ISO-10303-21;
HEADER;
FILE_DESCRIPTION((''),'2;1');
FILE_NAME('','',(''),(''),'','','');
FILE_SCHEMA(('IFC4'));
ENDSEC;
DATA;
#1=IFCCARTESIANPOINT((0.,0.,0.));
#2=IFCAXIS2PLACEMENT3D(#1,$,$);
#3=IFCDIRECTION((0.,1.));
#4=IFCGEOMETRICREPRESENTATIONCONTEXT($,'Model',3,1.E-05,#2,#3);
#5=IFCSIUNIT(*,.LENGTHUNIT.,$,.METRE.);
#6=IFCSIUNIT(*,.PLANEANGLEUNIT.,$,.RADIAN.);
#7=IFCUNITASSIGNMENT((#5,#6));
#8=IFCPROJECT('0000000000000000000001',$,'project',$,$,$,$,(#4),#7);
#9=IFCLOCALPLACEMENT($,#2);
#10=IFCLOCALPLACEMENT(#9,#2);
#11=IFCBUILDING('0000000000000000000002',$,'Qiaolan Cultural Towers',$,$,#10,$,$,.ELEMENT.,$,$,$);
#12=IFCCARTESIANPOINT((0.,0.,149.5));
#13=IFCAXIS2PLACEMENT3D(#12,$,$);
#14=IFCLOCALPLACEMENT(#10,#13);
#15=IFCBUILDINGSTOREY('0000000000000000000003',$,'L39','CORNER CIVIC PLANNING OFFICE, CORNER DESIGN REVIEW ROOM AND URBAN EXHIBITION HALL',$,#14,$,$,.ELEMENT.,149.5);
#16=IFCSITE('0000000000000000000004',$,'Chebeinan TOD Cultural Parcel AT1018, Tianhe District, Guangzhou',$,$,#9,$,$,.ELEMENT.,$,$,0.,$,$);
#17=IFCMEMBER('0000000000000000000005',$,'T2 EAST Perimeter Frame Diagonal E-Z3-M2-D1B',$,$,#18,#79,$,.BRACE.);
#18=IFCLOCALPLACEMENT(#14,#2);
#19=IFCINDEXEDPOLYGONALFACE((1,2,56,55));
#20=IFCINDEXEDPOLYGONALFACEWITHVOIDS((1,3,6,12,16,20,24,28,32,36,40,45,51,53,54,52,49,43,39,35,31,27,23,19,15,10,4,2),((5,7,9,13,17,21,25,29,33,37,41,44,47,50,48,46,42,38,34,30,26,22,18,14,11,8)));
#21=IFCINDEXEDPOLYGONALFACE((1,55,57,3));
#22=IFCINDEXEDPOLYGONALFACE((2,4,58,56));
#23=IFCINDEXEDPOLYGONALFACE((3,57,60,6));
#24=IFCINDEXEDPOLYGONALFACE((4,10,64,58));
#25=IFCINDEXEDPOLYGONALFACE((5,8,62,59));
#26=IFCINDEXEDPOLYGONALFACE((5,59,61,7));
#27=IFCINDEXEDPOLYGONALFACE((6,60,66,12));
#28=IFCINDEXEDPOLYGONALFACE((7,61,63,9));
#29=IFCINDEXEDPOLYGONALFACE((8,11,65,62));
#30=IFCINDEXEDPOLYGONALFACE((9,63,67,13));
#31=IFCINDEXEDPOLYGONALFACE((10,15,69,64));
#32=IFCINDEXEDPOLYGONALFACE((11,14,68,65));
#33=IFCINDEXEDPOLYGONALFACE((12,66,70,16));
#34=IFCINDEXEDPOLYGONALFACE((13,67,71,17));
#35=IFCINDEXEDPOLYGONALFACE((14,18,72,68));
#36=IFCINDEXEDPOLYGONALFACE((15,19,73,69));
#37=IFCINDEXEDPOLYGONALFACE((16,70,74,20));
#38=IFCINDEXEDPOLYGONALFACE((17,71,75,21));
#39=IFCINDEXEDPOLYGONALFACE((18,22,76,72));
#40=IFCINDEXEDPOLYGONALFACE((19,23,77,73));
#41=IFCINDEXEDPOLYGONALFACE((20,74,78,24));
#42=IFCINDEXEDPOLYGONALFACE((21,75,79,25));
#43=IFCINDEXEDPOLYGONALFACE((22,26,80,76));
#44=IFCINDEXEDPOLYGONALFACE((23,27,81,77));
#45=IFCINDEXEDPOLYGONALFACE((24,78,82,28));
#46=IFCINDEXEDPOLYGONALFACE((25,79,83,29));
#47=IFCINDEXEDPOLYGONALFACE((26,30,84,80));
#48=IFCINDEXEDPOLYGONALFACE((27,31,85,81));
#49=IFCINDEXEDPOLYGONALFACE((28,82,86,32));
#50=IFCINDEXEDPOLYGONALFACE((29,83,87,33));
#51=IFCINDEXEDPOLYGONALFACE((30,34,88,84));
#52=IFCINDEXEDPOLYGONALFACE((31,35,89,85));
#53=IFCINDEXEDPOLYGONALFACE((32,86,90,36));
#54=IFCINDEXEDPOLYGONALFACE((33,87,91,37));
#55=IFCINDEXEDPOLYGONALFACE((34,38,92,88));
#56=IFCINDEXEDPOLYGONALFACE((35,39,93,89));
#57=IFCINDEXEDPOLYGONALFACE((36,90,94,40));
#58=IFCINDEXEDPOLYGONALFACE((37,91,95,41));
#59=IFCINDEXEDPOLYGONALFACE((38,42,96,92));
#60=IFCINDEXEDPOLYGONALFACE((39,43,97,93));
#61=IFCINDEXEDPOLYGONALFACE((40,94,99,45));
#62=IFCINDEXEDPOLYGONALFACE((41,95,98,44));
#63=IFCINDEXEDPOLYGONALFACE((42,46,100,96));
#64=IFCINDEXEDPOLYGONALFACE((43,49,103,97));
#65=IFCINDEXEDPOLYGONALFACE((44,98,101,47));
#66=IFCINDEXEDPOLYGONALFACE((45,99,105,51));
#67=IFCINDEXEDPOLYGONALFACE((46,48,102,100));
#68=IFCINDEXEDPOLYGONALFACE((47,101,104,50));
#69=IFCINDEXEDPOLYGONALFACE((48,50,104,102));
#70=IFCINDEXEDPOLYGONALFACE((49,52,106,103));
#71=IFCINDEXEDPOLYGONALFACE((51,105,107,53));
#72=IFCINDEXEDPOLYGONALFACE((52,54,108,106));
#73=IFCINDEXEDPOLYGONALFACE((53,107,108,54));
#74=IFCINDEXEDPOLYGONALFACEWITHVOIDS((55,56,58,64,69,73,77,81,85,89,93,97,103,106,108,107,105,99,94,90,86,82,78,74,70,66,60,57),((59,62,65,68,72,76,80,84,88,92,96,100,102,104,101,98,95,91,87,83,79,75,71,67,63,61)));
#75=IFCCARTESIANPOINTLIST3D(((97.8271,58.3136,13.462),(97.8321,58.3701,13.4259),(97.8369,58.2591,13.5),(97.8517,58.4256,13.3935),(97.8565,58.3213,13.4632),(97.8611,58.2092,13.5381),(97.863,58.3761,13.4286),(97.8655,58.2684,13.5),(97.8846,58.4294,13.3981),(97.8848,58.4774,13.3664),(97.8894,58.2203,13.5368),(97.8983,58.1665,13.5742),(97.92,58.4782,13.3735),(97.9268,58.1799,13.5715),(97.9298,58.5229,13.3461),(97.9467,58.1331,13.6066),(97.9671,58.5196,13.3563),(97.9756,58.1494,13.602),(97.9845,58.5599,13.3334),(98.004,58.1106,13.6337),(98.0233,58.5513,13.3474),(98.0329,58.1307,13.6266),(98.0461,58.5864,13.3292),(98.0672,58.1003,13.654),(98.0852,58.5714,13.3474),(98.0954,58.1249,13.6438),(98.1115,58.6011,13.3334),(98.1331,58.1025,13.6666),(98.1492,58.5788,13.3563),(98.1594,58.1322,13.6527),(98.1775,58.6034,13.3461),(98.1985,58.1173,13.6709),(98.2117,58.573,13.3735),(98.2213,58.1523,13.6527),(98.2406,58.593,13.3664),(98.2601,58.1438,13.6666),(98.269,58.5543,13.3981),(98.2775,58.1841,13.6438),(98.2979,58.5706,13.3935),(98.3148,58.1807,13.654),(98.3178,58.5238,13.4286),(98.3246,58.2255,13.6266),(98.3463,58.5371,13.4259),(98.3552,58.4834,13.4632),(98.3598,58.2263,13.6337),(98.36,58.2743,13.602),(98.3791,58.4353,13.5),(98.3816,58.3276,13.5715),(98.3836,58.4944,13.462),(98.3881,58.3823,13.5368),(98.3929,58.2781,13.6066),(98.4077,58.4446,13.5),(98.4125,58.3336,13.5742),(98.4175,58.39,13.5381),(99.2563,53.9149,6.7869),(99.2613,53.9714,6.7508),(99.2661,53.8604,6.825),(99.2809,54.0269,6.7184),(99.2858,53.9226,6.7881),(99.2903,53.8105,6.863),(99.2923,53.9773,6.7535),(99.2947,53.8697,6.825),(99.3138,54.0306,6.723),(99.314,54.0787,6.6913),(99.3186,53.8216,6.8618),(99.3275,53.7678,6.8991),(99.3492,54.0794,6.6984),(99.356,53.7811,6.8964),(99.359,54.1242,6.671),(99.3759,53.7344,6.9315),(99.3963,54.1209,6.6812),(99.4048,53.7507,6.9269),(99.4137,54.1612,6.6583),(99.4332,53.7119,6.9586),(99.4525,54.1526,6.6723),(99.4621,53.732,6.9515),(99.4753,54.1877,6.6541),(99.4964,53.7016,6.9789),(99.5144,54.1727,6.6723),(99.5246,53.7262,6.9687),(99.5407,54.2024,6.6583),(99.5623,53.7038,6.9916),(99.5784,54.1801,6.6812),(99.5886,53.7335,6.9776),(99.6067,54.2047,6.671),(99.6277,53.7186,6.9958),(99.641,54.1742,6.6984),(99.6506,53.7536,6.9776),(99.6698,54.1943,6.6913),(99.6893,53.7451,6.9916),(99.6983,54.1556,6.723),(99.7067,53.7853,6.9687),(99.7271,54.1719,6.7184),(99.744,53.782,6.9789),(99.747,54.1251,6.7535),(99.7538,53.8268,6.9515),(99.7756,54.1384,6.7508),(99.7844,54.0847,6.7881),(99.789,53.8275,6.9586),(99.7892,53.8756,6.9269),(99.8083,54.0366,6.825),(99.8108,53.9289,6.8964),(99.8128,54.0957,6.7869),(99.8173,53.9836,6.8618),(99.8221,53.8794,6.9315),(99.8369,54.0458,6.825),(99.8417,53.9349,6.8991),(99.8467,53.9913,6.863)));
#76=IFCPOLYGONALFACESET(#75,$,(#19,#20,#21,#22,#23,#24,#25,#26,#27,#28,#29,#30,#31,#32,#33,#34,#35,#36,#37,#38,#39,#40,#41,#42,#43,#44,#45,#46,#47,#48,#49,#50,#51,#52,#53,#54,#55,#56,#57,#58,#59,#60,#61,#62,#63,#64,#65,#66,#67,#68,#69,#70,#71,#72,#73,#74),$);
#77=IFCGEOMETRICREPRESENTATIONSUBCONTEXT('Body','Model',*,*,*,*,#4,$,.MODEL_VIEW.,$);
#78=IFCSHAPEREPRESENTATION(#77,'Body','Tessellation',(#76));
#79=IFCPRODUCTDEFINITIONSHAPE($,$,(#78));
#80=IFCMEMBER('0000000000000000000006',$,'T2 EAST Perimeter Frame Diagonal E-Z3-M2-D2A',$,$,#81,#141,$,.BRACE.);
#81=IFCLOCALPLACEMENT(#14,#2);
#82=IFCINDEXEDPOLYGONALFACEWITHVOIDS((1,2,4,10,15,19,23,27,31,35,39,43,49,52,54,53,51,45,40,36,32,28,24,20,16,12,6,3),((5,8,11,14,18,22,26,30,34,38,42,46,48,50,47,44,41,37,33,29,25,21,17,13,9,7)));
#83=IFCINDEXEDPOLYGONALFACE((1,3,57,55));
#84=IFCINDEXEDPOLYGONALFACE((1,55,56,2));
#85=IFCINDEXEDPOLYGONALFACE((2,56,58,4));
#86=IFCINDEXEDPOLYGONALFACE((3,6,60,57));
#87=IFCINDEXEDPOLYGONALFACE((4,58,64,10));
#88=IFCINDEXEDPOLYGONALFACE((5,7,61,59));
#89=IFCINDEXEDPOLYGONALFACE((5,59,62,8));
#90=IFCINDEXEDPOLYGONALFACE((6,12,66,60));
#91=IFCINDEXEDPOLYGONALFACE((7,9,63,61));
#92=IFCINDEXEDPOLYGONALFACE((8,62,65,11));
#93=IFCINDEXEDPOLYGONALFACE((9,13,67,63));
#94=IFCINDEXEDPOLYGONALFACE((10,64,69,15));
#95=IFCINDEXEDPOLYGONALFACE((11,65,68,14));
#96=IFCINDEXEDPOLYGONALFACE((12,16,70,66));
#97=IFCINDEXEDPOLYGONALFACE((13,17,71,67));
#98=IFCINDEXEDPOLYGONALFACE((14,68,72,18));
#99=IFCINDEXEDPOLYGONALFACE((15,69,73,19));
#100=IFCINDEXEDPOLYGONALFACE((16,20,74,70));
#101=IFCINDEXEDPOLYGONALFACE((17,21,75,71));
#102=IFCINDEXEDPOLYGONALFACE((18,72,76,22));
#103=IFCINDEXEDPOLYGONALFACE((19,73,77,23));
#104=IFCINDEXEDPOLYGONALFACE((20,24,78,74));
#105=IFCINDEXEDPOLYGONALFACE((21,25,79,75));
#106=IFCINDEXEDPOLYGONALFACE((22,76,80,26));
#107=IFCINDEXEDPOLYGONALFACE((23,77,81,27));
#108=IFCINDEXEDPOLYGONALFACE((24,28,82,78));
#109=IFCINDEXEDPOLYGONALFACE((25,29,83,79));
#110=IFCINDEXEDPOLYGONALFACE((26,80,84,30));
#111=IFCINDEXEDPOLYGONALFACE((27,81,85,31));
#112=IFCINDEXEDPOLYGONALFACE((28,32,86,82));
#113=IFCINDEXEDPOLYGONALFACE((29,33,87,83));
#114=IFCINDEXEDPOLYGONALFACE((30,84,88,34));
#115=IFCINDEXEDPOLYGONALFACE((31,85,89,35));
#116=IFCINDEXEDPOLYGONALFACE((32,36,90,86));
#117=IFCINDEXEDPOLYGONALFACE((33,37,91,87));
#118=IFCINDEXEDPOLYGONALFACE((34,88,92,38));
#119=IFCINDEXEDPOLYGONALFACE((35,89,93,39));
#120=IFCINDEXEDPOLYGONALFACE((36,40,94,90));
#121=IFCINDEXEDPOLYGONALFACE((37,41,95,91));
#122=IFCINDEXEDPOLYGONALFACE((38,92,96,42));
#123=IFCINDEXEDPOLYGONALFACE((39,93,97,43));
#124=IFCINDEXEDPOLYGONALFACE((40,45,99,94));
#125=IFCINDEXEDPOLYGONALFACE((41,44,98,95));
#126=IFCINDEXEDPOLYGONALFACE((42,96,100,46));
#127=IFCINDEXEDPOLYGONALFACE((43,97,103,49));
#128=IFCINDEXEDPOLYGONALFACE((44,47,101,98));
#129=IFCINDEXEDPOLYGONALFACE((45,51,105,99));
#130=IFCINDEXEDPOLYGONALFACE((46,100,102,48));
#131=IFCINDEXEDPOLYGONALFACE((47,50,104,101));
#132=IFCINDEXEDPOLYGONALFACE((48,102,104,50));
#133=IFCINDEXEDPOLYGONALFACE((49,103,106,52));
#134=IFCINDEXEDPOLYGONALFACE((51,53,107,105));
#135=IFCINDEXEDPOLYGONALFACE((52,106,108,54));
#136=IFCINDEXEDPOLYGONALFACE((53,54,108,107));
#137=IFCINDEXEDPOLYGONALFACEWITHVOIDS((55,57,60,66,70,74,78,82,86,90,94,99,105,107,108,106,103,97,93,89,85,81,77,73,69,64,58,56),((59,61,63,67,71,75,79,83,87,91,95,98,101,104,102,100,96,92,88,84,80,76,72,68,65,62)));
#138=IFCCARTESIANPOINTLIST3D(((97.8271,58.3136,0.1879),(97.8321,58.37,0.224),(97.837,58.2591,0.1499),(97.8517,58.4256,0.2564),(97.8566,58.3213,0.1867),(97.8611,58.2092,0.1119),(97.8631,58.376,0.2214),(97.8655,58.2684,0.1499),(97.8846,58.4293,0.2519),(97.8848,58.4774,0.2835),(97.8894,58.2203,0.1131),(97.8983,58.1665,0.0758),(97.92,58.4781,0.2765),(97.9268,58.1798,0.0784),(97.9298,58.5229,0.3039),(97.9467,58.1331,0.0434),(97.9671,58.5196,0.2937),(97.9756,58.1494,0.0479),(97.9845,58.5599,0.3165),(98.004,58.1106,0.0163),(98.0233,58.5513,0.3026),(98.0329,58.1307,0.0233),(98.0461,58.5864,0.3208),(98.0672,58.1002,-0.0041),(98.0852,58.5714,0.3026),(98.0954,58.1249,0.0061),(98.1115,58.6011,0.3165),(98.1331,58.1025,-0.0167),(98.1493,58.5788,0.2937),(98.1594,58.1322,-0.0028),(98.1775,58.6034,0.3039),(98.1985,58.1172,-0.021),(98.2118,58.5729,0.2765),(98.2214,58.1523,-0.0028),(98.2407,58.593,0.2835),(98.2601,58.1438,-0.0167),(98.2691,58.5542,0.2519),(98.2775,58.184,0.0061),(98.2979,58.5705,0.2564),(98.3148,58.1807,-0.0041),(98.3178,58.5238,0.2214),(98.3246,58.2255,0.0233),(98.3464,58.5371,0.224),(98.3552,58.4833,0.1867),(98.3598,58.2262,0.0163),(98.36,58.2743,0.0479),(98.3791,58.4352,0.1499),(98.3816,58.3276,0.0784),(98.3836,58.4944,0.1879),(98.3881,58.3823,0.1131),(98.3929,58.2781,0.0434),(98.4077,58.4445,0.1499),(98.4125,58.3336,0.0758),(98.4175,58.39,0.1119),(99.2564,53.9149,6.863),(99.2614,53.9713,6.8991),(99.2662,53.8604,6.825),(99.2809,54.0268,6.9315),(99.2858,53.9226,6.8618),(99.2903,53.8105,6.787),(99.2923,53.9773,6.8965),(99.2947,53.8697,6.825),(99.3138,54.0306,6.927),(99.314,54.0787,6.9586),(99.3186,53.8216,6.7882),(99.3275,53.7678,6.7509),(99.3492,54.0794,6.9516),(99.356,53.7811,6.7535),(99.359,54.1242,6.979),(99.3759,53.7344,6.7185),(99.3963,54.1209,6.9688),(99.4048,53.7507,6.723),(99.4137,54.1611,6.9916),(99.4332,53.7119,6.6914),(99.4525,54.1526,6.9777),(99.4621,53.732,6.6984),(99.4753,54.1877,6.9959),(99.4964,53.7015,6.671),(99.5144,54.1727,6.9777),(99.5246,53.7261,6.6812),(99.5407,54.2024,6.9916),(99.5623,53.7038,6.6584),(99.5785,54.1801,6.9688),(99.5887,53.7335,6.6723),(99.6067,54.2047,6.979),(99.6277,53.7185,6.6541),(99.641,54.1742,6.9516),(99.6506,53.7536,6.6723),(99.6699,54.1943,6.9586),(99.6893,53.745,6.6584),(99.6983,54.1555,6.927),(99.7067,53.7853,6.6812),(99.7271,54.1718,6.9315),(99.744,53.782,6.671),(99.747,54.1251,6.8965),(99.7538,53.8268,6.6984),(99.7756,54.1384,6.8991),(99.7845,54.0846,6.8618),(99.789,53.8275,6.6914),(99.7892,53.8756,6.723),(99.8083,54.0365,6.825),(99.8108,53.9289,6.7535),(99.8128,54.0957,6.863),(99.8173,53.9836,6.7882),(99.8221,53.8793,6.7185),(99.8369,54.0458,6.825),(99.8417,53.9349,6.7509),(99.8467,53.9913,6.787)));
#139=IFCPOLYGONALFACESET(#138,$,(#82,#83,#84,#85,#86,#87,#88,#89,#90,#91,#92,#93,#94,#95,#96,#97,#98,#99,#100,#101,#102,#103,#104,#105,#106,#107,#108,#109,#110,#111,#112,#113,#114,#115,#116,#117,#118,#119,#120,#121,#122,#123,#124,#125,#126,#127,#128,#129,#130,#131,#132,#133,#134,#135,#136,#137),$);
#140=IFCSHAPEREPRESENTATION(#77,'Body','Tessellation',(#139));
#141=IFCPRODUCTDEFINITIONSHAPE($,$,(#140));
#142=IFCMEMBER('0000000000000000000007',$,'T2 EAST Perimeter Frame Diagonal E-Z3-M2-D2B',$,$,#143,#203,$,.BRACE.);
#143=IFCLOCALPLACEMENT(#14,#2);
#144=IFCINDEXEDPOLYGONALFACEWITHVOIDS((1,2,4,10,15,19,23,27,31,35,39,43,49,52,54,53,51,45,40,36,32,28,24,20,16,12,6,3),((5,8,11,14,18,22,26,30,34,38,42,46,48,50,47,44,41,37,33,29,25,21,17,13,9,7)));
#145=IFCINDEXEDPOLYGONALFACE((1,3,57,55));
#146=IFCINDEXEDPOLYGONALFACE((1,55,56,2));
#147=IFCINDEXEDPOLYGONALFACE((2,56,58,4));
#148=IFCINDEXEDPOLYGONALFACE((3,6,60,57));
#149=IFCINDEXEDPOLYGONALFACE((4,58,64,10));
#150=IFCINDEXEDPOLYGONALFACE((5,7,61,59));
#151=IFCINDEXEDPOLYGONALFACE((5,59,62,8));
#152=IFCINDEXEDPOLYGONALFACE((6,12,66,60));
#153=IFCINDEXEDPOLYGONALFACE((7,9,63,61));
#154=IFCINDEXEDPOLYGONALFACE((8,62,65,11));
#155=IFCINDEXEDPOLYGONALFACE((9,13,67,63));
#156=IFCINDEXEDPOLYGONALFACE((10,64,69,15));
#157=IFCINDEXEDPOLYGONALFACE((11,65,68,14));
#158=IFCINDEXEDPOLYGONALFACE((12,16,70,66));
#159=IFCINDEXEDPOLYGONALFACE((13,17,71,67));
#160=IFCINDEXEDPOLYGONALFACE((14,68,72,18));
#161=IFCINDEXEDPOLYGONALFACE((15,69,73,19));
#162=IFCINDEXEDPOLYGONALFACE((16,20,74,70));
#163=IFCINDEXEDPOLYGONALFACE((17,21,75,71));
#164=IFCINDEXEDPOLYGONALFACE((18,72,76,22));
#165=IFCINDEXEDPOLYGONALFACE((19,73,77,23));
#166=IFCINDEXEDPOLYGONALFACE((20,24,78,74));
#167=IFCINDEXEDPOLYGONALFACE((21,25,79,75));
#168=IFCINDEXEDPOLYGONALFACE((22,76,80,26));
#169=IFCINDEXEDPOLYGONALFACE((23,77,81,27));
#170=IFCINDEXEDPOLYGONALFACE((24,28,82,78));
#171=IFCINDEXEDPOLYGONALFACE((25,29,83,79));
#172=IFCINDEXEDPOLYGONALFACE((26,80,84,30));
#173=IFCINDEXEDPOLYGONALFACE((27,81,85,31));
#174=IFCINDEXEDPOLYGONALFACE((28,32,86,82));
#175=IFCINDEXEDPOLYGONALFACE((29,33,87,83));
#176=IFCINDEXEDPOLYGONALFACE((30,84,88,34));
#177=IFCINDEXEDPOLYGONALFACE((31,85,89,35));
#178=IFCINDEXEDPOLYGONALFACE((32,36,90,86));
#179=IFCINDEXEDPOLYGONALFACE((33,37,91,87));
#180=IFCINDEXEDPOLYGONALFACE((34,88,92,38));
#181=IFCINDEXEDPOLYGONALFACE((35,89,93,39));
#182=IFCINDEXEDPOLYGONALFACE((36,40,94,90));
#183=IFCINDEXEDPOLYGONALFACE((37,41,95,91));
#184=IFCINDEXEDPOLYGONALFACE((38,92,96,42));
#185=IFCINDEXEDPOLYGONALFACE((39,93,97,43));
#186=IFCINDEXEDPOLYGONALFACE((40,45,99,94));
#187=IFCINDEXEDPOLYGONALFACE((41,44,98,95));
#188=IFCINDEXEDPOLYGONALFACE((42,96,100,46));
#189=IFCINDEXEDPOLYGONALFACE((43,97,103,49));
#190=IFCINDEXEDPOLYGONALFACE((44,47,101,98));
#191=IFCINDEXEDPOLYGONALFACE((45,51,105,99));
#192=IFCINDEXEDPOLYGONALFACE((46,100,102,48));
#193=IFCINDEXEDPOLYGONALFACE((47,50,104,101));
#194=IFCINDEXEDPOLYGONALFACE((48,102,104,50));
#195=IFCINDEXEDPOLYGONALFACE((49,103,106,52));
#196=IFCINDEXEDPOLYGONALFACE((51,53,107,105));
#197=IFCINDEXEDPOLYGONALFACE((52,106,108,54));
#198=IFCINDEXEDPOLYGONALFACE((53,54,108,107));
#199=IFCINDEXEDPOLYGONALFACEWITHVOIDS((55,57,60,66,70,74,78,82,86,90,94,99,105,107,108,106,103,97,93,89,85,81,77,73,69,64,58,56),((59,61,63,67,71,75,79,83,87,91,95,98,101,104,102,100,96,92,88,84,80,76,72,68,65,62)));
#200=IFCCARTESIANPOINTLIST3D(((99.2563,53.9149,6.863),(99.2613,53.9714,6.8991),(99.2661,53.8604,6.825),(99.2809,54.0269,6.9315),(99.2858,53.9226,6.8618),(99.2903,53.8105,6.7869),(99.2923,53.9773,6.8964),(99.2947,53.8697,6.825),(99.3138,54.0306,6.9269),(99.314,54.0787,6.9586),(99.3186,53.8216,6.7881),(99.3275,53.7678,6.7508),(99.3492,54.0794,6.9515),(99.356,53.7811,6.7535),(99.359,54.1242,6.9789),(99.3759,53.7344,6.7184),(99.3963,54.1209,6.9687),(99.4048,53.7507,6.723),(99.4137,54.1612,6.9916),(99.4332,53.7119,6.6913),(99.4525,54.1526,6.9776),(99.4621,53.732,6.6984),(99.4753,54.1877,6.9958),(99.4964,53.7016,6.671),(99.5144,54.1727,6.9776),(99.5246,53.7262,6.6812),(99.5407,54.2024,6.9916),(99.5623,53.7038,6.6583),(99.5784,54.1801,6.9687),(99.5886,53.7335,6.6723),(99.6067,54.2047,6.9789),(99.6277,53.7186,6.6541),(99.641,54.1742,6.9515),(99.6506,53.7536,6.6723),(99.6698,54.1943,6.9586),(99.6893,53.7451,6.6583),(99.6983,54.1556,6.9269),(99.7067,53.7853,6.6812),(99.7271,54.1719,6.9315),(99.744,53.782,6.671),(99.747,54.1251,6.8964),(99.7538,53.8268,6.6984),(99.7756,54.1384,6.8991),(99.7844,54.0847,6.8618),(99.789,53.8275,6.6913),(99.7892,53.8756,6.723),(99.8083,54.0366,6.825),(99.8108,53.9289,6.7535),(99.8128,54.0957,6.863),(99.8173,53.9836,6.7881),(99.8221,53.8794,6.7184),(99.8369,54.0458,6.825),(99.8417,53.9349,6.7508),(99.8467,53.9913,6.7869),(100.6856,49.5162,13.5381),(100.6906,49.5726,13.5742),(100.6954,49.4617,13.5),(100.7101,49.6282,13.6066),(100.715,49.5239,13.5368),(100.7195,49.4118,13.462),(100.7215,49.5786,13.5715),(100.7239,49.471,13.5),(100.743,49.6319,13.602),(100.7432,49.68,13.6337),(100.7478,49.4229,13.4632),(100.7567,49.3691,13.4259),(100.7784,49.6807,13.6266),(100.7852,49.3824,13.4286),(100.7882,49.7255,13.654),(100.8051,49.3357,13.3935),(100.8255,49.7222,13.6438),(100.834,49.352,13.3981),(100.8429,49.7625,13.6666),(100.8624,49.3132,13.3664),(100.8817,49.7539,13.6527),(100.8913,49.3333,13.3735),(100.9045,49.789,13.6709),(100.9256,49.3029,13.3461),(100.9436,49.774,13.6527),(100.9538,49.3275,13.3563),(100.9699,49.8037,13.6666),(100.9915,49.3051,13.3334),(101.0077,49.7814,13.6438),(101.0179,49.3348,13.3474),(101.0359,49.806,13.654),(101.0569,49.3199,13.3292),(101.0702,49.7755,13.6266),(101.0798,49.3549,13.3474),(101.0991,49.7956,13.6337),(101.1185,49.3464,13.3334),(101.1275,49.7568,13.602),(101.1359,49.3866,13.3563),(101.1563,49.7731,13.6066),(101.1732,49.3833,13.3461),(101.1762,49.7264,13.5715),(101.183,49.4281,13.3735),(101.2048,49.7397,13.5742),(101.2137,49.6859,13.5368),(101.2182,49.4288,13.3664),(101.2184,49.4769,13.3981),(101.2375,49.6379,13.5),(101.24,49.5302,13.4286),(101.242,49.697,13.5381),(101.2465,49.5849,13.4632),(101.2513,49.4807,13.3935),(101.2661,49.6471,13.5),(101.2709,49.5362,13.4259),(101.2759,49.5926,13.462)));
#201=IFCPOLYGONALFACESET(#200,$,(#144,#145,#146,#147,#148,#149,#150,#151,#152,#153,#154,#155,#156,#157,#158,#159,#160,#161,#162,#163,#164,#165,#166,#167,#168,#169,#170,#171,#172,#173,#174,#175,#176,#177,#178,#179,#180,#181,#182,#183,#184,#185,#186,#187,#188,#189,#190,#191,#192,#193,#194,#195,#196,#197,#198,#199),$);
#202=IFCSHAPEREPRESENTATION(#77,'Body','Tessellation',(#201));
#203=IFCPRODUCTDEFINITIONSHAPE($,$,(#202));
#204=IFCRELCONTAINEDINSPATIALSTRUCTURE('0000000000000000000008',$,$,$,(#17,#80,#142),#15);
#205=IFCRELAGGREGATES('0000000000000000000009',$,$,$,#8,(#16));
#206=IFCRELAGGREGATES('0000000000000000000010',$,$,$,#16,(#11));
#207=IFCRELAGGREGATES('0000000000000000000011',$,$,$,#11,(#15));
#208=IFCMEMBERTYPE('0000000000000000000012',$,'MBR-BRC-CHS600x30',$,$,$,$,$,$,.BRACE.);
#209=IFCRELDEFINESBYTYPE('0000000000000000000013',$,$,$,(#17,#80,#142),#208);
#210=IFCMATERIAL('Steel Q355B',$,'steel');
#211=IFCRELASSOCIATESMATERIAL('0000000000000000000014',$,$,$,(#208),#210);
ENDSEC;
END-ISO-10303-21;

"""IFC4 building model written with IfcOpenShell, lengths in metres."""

from ifc_helpers import new_model, si_unit, direction, frame, origin, origin_2d, place, context, subcontext, project, spatial, hollow_circle, extrude, material, material_profile, profile_set, type_object, element, save


model = new_model("IFC4")

# Units and contexts
model_context = context("Model", 3, precision=1e-05, world=origin(), true_north=direction((0.0, 1.0)))
body_context = subcontext(model_context, "Body", "Model", "MODEL_VIEW")
ifc_project = project(units=[si_unit("LENGTHUNIT", "METRE"), si_unit("PLANEANGLEUNIT", "RADIAN")], contexts=[model_context])

# Site, building, storey
site_placement = place(None, origin())
site = spatial("IfcSite", under=ifc_project, at=site_placement, Name="Chebeinan TOD Cultural Parcel AT1018, Tianhe District, Guangzhou", CompositionType="ELEMENT", RefElevation=0.0)
building_placement = place(site_placement, origin())
building = spatial("IfcBuilding", under=site, at=building_placement, Name="Qiaolan Cultural Towers", CompositionType="ELEMENT")
storey_placement = place(building_placement, frame((0.0, 0.0, 149.5)))
storey = spatial("IfcBuildingStorey", under=building, at=storey_placement, Name="L39", Description="CORNER CIVIC PLANNING OFFICE, CORNER DESIGN REVIEW ROOM AND URBAN EXHIBITION HALL", CompositionType="ELEMENT", Elevation=149.5)

# Members
ifc_material_1 = material(Name="Steel Q355B", Category="steel")
ifc_material_profile_1 = material_profile(ifc_material_1, hollow_circle(Radius=0.3, WallThickness=0.03, at=origin_2d()), Name="CHS600x30")
ifc_profile_set_1 = profile_set([ifc_material_profile_1], Name="Steel Q355B")
member_type = type_object("IfcMemberType", Name="MBR-BRC-CHS600x30", PredefinedType="BRACE", material=ifc_profile_set_1)
for number, where, z_axis, x_axis, name in (
    (1, (99.5515, 53.9531, 6.825), (-0.175993, 0.541657, 0.82197), (-0.951058, -0.309013, 0.0), "T2 EAST Perimeter Frame Diagonal E-Z3-M2-D1B"),
    (2, (98.1223, 58.3518, 0.1499), (0.175993, -0.541657, 0.82197), (0.951058, 0.309013, 0.0), "T2 EAST Perimeter Frame Diagonal E-Z3-M2-D2A"),
    (3, (99.5515, 53.9531, 6.825), (0.175993, -0.541657, 0.82197), (0.951058, 0.309013, 0.0), "T2 EAST Perimeter Frame Diagonal E-Z3-M2-D2B"),
):
    element("IfcMember", number, at=place(storey_placement, frame(where, z_axis=z_axis, x_axis=x_axis)), inside=storey, type_object=member_type, Name=name, PredefinedType="BRACE", context=body_context, shape_type="SweptSolid", body=[
        extrude(hollow_circle(Radius=0.3, WallThickness=0.03, at=origin_2d()), origin(), (0.0, 0.0, 1.0), 8.1208),
    ])

save(model, "model.ifc")
